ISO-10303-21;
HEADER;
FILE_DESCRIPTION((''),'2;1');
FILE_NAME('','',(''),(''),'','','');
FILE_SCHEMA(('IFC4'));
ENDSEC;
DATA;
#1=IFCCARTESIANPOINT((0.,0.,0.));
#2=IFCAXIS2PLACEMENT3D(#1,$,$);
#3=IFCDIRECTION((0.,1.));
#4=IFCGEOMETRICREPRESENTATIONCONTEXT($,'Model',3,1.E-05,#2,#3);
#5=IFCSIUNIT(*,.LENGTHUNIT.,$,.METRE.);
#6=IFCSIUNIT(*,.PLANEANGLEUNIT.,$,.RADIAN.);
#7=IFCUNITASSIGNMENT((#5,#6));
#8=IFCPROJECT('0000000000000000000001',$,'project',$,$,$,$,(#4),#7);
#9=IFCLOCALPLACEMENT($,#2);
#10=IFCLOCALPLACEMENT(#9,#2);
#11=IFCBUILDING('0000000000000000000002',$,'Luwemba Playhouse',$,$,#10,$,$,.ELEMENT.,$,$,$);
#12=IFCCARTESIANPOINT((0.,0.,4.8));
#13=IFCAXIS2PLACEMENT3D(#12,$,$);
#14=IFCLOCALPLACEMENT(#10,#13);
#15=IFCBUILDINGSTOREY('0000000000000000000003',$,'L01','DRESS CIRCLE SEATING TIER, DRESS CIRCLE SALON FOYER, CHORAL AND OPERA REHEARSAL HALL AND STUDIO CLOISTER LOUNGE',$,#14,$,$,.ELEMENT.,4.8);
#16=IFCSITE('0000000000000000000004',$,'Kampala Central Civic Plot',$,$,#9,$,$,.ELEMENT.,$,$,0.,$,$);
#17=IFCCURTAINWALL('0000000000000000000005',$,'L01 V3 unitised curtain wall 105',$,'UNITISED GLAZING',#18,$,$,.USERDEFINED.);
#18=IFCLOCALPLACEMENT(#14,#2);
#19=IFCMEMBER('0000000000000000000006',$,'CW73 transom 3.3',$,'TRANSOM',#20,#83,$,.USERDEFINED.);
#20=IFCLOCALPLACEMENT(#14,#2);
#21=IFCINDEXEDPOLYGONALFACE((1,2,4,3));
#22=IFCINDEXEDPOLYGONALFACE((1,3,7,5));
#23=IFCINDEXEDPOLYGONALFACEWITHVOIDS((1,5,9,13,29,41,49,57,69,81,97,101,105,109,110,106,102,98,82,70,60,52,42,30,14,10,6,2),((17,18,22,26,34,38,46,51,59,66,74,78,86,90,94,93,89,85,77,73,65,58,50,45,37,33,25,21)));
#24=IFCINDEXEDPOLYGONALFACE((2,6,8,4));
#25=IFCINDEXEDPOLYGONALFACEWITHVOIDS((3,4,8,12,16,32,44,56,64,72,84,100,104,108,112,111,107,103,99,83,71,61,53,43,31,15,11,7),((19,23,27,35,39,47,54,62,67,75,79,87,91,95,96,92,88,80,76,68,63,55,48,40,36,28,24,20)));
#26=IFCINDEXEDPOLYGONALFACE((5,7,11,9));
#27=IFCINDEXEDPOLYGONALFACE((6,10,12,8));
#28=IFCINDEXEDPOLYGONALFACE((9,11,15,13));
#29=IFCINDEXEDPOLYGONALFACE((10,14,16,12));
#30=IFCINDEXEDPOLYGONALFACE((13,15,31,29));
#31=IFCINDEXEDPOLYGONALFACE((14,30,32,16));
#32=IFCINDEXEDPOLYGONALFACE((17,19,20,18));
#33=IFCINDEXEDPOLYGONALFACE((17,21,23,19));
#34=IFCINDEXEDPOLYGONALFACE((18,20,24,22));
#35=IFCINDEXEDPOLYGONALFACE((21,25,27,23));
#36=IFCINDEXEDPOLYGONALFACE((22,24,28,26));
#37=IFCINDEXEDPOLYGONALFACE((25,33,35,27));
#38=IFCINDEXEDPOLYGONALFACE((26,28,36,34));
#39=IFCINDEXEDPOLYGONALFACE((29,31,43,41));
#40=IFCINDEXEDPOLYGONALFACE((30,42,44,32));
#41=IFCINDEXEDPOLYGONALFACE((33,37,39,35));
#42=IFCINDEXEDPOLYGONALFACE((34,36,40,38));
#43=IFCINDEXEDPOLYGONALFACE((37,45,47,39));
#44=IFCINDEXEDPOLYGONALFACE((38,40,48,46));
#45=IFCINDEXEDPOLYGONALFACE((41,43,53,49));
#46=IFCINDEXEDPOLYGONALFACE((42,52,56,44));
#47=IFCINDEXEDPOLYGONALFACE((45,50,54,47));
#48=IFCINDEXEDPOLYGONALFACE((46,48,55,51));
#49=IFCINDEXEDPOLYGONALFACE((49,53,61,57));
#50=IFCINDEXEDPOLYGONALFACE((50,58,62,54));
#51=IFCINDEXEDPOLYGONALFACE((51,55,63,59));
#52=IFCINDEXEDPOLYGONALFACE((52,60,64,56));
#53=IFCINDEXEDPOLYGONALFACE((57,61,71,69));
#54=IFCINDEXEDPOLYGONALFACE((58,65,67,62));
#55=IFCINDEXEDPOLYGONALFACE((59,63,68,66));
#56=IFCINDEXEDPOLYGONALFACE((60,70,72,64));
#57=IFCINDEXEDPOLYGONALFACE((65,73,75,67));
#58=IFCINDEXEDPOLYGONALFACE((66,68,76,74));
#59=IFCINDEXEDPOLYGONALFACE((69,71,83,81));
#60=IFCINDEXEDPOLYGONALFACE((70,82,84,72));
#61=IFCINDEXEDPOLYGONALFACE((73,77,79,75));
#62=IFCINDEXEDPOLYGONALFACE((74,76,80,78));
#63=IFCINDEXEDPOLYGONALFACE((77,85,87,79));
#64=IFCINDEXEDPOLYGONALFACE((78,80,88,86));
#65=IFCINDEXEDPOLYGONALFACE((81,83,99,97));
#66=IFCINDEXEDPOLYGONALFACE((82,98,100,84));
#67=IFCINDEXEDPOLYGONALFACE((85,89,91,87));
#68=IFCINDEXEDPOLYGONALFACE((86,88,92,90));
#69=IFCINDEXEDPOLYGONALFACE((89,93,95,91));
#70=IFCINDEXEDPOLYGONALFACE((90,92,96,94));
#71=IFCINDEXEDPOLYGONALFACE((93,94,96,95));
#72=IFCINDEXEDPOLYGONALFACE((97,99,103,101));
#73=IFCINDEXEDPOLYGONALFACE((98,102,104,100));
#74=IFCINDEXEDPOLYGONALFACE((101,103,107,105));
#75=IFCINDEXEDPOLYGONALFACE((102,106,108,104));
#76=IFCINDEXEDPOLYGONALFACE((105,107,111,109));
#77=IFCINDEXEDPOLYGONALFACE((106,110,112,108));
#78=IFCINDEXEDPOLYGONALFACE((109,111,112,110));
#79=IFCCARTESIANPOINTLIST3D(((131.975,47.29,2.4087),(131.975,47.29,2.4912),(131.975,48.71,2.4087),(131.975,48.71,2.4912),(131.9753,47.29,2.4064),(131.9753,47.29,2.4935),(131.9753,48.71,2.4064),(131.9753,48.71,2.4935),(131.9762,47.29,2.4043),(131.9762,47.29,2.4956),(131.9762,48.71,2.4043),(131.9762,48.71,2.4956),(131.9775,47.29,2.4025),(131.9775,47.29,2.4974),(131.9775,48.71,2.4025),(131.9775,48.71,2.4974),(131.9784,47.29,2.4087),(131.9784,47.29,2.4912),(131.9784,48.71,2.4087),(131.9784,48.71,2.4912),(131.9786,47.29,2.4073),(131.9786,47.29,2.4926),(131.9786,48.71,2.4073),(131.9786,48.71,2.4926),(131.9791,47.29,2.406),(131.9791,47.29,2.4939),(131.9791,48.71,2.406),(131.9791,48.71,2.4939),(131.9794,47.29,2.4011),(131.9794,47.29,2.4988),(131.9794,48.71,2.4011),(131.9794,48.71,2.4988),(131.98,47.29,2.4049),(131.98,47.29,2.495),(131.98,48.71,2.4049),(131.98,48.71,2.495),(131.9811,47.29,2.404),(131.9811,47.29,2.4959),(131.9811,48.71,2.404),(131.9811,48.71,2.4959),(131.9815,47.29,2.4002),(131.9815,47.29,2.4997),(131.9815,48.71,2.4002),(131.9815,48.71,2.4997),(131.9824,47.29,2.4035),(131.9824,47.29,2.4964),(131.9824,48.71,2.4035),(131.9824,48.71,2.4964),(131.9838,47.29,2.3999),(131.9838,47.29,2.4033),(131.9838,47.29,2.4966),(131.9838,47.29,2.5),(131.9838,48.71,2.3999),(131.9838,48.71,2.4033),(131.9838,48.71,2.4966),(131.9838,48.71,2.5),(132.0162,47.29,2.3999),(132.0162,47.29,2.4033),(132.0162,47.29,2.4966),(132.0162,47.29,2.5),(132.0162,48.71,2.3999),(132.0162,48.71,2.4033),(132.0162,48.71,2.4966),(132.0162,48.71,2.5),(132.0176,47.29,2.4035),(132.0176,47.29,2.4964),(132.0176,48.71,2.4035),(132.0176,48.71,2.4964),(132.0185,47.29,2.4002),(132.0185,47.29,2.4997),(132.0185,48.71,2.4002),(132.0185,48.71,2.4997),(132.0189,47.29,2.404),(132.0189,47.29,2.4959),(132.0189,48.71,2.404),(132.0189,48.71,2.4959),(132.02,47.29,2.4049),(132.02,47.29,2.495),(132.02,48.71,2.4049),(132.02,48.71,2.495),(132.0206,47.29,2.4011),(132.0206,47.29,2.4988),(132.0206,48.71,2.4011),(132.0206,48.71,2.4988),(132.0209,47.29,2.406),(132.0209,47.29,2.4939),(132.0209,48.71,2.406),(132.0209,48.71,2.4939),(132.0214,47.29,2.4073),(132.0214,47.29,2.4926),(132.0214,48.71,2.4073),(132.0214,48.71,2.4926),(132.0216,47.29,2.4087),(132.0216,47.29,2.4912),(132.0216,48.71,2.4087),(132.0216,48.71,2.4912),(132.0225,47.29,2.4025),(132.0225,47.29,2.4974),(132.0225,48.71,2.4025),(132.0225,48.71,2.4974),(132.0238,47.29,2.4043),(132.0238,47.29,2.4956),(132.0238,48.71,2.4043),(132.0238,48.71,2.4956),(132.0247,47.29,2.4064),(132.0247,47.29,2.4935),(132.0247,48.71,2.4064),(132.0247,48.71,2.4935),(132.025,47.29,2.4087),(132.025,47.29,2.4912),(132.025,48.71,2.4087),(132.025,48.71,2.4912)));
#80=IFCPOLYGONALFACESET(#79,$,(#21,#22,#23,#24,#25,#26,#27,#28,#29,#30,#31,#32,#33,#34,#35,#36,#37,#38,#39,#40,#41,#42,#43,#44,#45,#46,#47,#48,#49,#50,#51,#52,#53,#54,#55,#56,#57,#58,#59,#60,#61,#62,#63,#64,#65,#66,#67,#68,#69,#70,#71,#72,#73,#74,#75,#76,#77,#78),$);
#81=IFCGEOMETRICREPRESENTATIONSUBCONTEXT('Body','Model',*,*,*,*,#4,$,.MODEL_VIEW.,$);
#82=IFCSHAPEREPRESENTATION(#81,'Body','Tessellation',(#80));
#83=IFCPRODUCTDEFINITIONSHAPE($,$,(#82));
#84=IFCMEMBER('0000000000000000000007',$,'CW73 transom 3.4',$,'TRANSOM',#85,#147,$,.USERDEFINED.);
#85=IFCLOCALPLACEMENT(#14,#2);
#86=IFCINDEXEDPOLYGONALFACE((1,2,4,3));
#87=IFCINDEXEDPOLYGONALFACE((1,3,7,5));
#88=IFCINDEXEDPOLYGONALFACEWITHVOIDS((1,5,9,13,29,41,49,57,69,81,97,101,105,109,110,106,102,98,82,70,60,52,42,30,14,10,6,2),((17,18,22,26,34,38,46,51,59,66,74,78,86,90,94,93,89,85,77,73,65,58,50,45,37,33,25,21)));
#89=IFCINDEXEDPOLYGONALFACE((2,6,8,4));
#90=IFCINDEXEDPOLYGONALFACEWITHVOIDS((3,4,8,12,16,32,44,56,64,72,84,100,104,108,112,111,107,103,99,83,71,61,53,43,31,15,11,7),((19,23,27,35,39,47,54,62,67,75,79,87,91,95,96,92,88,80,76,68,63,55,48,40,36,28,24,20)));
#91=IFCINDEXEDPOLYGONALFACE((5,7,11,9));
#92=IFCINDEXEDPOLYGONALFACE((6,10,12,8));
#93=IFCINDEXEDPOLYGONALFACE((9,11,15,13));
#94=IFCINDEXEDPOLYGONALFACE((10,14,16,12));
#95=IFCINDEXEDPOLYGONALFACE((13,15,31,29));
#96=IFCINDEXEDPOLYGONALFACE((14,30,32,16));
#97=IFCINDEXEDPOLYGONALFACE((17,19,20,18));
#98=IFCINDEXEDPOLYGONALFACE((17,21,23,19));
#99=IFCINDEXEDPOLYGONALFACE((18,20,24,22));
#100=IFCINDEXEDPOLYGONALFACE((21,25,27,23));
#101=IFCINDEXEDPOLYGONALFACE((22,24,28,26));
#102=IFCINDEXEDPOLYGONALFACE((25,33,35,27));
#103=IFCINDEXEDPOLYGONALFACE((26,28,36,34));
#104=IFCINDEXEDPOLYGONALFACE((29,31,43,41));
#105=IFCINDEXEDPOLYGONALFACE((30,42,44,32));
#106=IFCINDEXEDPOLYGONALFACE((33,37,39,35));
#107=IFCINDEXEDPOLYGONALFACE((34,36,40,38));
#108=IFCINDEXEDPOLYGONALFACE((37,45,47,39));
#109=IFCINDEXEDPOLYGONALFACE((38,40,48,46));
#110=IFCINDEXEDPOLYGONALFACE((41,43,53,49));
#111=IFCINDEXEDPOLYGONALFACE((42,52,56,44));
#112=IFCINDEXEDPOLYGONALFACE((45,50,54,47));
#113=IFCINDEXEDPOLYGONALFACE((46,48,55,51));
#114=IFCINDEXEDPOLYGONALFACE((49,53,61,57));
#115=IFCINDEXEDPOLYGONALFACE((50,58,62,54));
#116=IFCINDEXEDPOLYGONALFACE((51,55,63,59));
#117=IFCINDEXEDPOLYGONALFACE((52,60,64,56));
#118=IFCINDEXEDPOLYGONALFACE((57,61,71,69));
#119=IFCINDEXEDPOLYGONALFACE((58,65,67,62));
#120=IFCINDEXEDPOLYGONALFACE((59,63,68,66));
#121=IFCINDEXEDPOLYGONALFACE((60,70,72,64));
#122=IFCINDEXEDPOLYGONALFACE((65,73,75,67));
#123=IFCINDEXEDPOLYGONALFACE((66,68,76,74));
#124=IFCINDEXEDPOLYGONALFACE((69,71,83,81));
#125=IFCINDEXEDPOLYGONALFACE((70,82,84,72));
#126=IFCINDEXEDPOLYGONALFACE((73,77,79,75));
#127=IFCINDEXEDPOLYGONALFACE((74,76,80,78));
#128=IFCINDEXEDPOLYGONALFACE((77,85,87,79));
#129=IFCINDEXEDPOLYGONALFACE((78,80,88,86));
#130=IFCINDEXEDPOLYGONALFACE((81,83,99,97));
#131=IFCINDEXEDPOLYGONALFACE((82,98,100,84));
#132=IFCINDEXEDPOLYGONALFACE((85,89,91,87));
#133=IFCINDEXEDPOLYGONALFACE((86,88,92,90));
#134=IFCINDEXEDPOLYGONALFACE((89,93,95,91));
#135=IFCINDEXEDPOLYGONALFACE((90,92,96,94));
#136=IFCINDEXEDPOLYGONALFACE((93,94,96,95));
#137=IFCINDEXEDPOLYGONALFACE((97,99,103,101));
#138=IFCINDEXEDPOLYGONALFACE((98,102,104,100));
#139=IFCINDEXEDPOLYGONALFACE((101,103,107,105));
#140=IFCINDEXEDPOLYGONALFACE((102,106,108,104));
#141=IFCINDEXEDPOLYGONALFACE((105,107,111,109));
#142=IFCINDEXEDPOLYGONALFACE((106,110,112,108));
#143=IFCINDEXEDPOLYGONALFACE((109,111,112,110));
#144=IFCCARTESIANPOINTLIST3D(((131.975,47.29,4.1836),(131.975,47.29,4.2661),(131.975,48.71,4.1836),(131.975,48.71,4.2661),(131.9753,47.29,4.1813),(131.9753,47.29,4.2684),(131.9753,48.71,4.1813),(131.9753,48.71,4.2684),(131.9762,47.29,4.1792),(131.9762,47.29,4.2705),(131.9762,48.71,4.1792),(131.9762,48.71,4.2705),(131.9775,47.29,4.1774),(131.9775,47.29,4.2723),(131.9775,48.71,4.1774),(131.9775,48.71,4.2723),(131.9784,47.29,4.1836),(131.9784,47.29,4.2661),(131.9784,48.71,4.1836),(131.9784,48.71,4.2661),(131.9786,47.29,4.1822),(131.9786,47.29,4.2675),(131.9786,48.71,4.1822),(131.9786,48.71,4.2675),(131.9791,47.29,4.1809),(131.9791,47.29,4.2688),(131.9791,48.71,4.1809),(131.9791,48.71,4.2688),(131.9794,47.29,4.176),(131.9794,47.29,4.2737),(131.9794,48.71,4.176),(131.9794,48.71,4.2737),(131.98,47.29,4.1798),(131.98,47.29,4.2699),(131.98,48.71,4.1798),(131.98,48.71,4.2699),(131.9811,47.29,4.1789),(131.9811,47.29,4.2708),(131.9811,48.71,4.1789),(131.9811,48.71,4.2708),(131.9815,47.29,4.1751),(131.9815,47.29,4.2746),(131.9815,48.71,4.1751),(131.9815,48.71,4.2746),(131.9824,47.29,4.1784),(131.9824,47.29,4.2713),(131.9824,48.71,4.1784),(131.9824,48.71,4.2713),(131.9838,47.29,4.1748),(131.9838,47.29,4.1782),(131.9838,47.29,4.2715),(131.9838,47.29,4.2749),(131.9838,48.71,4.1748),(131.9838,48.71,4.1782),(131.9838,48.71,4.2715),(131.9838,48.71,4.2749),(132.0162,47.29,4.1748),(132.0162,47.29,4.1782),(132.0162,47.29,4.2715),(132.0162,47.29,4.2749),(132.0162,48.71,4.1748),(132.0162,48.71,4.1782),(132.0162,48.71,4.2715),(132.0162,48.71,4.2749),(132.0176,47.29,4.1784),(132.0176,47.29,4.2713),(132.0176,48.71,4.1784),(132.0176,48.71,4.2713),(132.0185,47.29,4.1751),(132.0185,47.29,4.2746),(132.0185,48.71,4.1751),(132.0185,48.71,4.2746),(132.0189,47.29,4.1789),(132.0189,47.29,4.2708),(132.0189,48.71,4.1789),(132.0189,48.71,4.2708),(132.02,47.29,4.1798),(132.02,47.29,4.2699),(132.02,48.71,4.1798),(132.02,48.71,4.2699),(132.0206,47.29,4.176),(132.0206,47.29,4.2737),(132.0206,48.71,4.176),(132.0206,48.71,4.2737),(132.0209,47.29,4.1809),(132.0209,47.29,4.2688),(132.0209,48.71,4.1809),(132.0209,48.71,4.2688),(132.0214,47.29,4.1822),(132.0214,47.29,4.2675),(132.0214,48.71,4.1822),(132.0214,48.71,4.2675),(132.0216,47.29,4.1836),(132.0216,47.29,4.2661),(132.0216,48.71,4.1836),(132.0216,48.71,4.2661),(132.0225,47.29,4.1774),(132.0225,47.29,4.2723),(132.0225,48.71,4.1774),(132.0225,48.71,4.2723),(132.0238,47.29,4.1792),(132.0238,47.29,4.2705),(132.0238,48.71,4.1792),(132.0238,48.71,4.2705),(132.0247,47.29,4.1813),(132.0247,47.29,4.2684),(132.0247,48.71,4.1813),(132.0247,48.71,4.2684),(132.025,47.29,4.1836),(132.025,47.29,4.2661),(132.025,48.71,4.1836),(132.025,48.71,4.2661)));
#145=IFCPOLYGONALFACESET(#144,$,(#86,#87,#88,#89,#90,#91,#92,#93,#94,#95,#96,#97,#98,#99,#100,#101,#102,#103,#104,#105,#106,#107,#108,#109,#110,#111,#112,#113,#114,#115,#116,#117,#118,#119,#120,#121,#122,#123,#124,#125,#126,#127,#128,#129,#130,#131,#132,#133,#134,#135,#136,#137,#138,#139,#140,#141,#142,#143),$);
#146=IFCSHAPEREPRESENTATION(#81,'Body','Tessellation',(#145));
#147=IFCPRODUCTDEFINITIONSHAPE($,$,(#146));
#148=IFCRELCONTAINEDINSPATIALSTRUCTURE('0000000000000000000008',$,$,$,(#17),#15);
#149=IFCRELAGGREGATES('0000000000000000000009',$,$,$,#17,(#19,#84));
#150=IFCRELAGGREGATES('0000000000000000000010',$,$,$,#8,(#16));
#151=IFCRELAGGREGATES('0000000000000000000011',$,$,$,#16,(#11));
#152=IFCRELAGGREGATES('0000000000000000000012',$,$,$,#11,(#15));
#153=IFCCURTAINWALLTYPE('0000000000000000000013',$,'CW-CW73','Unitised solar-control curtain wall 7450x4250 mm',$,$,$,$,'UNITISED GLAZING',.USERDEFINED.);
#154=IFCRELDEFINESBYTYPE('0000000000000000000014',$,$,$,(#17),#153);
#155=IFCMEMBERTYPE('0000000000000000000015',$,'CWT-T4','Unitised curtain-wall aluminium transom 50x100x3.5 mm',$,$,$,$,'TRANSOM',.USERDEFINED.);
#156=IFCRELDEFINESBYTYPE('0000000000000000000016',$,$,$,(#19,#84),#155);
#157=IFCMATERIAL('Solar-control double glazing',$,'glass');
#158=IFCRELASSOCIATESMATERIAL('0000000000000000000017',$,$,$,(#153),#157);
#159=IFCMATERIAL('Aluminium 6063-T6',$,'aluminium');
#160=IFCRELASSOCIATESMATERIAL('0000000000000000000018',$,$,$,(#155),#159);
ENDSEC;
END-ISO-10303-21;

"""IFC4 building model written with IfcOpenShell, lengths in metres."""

from ifc_helpers import new_model, si_unit, direction, frame, origin, origin_2d, place, context, subcontext, project, spatial, hollow_rectangle, extrude, material, material_profile, profile_set, type_object, element, aggregate, save


model = new_model("IFC4")

# Units and contexts
model_context = context("Model", 3, precision=1e-05, world=origin(), true_north=direction((0.0, 1.0)))
body_context = subcontext(model_context, "Body", "Model", "MODEL_VIEW")
ifc_project = project(units=[si_unit("LENGTHUNIT", "METRE"), si_unit("PLANEANGLEUNIT", "RADIAN")], contexts=[model_context])

# Site, building, storey
site_placement = place(None, origin())
site = spatial("IfcSite", under=ifc_project, at=site_placement, Name="Kampala Central Civic Plot", CompositionType="ELEMENT", RefElevation=0.0)
building_placement = place(site_placement, origin())
building = spatial("IfcBuilding", under=site, at=building_placement, Name="Luwemba Playhouse", CompositionType="ELEMENT")
storey_placement = place(building_placement, frame((0.0, 0.0, 4.8)))
storey = spatial("IfcBuildingStorey", under=building, at=storey_placement, Name="L01", Description="DRESS CIRCLE SEATING TIER, DRESS CIRCLE SALON FOYER, CHORAL AND OPERA REHEARSAL HALL AND STUDIO CLOISTER LOUNGE", CompositionType="ELEMENT", Elevation=4.8)

# Curtain wall, members
ifc_material_1 = material(Name="Solar-control double glazing", Category="glass")
curtain_wall_type = type_object("IfcCurtainWallType", Name="CW-CW73", Description="Unitised solar-control curtain wall 7450x4250 mm", ElementType="UNITISED GLAZING", PredefinedType="USERDEFINED", material=ifc_material_1)
curtain_wall_placement = place(storey_placement, origin())
curtain_wall = element("IfcCurtainWall", 1, at=curtain_wall_placement, inside=storey, type_object=curtain_wall_type, Name="L01 V3 unitised curtain wall 105", ObjectType="UNITISED GLAZING", PredefinedType="USERDEFINED")
ifc_material_2 = material(Name="Aluminium 6063-T6", Category="aluminium")
ifc_material_profile_1 = material_profile(ifc_material_2, hollow_rectangle(XDim=0.05, YDim=0.1001, WallThickness=0.0034, InnerFilletRadius=0.0054, OuterFilletRadius=0.0088, at=origin_2d()))
ifc_profile_set_1 = profile_set([ifc_material_profile_1], Name="Aluminium 6063-T6")
member_type_1 = type_object("IfcMemberType", Name="CWT-T4", Description="Unitised curtain-wall aluminium transom 50x100x3.5 mm", ElementType="TRANSOM", PredefinedType="USERDEFINED", material=ifc_profile_set_1)
member_1_placement = place(storey_placement, frame((132.0, 47.29, 2.45), z_axis=(0.0, 1.0, 0.0), x_axis=(-1.0, 0.0, 0.0)))
member_1 = element("IfcMember", 2, at=member_1_placement, type_object=member_type_1, Name="CW73 transom 3.3", ObjectType="TRANSOM", PredefinedType="USERDEFINED", context=body_context, shape_type="SweptSolid", body=[
    extrude(hollow_rectangle(XDim=0.05, YDim=0.1001, WallThickness=0.0034, InnerFilletRadius=0.0054, OuterFilletRadius=0.0088, at=origin_2d()), origin(), (0.0, 0.0, 1.0), 1.4199),
])
member_2_placement = place(storey_placement, frame((132.0, 47.29, 4.2249), z_axis=(0.0, 1.0, 0.0), x_axis=(-1.0, 0.0, 0.0)))
member_2 = element("IfcMember", 3, at=member_2_placement, type_object=member_type_1, Name="CW73 transom 3.4", ObjectType="TRANSOM", PredefinedType="USERDEFINED", context=body_context, shape_type="SweptSolid", body=[
    extrude(hollow_rectangle(XDim=0.05, YDim=0.1001, WallThickness=0.0034, InnerFilletRadius=0.0054, OuterFilletRadius=0.0088, at=origin_2d()), origin(), (0.0, 0.0, 1.0), 1.4199),
])
aggregate(curtain_wall, [member_1, member_2])

save(model, "model.ifc")
